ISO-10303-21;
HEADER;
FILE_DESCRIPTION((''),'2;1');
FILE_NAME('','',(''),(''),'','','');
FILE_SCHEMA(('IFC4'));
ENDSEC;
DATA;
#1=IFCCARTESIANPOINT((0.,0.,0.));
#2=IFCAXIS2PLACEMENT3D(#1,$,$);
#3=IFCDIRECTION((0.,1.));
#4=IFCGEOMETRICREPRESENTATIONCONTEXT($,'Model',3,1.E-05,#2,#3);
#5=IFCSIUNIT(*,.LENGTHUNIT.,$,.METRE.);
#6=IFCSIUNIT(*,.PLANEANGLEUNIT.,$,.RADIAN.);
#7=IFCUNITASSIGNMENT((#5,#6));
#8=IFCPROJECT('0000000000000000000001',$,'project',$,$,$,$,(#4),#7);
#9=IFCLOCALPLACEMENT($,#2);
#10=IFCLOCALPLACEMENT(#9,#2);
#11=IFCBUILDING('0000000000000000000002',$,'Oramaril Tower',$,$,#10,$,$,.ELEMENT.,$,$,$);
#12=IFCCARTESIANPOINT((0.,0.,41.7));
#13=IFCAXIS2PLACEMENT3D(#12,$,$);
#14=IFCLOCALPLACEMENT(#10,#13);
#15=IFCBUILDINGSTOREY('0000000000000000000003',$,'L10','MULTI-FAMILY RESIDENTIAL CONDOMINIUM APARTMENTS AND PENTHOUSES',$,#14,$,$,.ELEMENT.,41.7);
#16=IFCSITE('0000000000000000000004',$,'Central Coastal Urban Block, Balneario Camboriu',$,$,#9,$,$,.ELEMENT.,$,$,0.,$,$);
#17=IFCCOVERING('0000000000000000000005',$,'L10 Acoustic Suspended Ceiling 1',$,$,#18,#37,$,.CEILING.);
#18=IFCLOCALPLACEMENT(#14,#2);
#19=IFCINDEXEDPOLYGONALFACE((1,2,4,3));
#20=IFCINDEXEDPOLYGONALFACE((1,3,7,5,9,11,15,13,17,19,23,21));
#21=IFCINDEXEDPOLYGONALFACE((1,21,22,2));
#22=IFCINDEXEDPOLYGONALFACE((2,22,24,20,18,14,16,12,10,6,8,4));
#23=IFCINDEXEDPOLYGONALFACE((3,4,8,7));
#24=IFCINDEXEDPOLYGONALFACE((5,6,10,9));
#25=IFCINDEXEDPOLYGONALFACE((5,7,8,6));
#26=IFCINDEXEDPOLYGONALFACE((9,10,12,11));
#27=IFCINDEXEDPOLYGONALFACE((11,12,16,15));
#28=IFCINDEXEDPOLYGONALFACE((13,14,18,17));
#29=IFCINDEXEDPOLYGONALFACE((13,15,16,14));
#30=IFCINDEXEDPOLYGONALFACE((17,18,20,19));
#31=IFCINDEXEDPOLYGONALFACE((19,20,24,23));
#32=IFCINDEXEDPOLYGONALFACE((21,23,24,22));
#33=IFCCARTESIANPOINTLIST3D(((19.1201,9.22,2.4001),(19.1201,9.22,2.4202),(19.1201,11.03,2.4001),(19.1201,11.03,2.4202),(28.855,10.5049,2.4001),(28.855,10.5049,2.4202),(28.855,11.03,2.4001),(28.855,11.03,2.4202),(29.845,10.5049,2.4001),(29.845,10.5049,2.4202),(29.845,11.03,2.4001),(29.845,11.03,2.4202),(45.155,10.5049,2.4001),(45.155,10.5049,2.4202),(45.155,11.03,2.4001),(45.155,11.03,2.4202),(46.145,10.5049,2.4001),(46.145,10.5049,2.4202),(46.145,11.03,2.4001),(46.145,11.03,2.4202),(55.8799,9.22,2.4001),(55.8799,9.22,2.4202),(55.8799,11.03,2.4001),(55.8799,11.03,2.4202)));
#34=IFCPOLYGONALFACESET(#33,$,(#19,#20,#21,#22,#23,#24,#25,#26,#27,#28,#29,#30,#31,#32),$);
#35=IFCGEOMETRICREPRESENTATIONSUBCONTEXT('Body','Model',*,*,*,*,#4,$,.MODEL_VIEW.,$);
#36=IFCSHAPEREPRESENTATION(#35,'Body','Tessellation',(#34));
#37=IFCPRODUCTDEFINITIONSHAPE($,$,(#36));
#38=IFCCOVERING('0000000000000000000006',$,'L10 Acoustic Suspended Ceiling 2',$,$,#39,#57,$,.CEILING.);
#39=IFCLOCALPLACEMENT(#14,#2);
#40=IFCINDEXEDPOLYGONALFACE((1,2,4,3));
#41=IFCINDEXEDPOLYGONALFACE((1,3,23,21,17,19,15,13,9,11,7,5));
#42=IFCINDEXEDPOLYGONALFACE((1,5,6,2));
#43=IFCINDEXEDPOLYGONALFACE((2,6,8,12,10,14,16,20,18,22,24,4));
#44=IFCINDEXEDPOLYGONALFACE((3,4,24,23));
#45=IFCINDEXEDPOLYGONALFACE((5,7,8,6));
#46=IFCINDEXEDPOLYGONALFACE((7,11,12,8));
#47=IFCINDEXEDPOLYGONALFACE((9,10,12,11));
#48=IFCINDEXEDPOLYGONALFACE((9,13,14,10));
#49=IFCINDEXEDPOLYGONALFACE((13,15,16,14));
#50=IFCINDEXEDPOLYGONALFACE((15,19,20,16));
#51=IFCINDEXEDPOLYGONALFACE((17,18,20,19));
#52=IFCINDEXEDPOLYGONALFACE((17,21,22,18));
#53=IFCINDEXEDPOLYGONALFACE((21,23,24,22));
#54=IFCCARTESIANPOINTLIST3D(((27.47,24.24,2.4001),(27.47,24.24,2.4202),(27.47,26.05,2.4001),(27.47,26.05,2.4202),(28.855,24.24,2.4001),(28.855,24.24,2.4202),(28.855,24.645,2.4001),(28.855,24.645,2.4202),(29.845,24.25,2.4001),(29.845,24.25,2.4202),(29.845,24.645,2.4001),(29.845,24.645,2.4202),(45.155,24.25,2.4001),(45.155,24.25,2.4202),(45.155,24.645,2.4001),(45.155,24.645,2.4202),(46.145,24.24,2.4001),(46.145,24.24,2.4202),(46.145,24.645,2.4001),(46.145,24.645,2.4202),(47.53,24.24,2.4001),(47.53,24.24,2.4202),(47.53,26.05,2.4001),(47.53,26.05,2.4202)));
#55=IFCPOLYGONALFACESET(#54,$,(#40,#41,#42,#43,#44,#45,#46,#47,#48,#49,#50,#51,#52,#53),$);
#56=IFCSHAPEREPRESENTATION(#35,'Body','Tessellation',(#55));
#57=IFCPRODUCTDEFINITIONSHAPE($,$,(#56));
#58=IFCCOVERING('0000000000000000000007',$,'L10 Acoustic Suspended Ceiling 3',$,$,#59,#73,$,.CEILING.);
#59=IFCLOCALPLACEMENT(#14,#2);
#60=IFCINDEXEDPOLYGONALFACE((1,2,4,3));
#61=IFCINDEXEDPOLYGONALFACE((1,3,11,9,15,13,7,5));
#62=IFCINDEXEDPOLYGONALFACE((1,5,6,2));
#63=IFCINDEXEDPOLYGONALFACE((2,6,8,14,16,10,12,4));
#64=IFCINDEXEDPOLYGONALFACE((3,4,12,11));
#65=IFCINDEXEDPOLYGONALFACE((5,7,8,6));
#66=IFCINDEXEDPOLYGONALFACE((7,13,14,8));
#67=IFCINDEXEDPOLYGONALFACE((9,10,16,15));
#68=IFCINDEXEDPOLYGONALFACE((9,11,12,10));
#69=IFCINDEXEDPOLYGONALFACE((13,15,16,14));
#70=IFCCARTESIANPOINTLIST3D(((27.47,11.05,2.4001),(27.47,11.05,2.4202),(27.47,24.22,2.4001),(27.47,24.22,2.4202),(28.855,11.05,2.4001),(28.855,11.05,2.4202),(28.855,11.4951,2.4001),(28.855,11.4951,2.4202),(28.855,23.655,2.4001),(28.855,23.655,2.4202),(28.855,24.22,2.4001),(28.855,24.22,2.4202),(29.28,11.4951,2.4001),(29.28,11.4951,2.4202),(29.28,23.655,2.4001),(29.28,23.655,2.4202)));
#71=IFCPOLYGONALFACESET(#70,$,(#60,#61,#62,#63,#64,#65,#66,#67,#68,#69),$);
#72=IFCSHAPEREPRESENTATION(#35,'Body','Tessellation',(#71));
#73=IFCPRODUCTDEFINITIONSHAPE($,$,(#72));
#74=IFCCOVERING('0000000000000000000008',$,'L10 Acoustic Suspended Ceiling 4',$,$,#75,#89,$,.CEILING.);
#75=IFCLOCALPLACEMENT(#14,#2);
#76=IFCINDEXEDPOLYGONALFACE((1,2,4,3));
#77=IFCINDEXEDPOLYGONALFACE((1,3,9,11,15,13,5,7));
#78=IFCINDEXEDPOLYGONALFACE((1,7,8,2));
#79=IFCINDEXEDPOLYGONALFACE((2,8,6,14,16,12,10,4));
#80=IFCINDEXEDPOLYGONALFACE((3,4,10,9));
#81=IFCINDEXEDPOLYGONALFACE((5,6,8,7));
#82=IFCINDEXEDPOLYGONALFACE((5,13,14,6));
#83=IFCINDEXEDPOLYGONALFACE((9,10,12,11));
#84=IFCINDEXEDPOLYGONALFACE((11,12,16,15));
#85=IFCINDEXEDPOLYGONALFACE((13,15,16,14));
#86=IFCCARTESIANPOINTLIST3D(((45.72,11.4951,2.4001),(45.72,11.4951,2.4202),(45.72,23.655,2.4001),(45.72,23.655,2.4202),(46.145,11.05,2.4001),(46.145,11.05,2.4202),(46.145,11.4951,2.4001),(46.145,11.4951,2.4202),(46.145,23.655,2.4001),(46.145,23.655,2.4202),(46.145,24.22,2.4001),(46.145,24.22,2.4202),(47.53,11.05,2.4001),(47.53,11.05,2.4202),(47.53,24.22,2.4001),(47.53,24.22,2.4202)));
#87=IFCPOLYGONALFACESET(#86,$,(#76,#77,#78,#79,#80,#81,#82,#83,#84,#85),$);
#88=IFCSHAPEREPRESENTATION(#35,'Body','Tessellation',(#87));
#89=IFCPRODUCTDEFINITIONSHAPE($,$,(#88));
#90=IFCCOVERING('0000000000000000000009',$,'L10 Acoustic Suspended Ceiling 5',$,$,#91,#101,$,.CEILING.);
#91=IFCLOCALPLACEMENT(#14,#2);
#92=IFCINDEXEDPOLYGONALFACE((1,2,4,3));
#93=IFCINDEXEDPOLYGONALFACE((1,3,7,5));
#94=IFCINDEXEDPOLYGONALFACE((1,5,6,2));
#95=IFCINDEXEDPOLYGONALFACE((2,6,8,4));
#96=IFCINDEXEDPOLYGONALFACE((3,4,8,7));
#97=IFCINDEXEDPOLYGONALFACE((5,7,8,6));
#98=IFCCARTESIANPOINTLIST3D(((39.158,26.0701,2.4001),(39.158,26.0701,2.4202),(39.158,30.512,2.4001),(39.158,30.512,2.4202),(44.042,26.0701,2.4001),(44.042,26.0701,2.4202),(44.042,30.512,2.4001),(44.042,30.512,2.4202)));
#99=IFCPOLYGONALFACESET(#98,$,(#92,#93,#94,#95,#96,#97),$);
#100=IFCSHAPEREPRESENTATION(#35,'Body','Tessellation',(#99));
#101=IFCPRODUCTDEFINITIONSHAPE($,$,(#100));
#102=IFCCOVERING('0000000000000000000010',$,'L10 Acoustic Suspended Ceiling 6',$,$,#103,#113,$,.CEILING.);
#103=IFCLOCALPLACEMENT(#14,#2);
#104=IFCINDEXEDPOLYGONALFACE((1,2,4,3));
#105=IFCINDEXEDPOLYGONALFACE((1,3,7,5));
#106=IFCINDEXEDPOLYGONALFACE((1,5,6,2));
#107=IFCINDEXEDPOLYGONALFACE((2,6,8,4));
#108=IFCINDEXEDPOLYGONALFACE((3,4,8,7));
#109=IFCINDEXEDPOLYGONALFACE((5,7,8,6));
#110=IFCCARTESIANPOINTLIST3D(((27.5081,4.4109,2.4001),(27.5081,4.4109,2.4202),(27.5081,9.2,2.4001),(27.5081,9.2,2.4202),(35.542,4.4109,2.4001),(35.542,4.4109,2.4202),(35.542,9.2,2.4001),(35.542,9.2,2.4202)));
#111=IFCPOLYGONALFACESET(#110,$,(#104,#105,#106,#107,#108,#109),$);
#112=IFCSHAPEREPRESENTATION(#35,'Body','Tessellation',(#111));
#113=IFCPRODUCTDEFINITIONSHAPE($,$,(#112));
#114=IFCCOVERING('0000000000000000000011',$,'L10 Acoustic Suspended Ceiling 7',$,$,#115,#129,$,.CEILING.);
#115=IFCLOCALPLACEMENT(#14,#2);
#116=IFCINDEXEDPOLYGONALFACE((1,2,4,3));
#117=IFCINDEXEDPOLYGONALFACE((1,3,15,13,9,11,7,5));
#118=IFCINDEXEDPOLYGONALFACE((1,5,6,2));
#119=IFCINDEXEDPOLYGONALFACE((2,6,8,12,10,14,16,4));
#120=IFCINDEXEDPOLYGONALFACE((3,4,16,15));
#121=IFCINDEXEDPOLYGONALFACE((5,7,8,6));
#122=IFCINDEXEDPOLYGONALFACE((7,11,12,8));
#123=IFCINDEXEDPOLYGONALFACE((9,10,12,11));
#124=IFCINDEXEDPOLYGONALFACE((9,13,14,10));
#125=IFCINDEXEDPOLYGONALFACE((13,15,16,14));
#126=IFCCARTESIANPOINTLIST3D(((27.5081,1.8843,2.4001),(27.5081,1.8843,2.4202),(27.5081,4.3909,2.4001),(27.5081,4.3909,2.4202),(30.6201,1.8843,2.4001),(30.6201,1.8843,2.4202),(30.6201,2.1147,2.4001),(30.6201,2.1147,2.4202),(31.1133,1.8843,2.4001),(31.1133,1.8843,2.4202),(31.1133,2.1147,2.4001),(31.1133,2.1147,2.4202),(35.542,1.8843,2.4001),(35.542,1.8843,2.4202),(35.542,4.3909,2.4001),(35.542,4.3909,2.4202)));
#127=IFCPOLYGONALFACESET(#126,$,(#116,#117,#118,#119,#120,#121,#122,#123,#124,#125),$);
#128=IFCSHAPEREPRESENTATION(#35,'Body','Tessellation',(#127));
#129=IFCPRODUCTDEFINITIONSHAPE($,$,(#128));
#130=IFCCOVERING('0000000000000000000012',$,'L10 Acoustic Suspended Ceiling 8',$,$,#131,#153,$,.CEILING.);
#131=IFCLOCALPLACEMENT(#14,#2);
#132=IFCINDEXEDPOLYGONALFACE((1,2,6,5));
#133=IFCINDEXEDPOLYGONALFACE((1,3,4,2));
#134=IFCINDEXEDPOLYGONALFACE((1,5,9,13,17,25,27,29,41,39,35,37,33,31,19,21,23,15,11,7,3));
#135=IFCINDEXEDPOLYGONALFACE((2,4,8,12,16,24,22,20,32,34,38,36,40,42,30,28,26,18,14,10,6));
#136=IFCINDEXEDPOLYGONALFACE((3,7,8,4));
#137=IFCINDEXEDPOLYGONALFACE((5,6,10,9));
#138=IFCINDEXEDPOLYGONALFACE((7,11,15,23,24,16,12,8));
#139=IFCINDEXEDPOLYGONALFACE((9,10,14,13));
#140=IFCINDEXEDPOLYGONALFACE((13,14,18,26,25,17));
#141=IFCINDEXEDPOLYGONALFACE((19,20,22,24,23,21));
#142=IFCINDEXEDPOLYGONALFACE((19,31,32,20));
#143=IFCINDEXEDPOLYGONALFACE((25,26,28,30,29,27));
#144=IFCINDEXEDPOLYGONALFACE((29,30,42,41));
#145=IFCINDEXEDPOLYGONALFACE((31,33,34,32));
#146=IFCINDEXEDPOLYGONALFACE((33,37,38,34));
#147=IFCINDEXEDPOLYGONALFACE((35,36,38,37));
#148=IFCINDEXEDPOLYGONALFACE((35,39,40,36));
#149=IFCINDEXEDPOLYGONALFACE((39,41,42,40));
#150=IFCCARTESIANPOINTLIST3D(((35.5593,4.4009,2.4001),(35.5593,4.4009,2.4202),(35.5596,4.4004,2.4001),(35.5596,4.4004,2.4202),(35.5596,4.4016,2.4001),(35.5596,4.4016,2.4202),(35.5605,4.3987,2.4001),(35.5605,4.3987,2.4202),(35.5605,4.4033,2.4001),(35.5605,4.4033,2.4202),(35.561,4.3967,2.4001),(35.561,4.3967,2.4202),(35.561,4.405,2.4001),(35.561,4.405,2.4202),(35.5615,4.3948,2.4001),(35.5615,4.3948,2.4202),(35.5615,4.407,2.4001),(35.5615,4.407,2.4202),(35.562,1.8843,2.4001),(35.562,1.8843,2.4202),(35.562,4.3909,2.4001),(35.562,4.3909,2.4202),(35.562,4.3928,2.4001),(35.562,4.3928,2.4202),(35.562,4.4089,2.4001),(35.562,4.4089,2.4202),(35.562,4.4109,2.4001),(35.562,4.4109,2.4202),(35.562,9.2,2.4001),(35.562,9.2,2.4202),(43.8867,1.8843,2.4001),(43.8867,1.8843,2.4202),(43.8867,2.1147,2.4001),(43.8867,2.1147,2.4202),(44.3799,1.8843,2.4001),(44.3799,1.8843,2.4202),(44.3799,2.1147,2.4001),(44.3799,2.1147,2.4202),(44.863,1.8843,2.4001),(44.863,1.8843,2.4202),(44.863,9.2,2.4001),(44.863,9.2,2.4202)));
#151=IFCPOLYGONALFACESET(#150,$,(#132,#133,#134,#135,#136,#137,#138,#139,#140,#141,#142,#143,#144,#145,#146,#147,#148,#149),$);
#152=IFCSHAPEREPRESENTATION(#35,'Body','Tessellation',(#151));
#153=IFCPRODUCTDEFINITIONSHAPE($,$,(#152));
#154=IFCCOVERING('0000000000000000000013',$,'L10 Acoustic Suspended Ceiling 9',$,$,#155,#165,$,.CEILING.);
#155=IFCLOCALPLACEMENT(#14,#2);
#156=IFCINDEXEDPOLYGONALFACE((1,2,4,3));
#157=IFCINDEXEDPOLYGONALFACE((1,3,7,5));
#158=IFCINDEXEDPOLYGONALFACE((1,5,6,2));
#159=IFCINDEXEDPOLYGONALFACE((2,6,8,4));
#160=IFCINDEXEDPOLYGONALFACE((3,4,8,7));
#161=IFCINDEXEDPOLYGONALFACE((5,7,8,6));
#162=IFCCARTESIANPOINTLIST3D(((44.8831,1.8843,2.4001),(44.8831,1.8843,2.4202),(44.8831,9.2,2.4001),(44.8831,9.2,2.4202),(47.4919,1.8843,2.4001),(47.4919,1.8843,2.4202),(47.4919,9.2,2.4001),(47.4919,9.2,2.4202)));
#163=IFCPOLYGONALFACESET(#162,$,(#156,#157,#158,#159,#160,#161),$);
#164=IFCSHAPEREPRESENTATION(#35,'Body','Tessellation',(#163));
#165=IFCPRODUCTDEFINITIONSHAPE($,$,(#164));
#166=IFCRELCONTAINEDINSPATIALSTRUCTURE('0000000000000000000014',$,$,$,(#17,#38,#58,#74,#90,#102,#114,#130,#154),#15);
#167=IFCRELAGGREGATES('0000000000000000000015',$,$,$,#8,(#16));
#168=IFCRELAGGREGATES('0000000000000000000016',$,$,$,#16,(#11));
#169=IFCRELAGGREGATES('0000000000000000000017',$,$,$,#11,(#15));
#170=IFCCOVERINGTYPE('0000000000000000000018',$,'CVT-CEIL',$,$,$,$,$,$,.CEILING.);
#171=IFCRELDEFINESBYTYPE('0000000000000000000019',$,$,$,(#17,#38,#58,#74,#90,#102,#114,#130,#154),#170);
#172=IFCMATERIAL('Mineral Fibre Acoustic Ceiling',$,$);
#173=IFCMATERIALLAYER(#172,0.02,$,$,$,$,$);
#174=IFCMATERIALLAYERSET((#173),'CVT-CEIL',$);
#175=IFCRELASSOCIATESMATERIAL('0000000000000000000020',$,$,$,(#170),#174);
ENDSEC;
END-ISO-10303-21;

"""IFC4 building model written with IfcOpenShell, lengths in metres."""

from ifc_helpers import new_model, si_unit, direction, frame, origin, place, context, subcontext, project, spatial, polyline, outline, extrude, material, layer, layer_set, type_object, element, save


model = new_model("IFC4")

# Units and contexts
model_context = context("Model", 3, precision=1e-05, world=origin(), true_north=direction((0.0, 1.0)))
body_context = subcontext(model_context, "Body", "Model", "MODEL_VIEW")
ifc_project = project(units=[si_unit("LENGTHUNIT", "METRE"), si_unit("PLANEANGLEUNIT", "RADIAN")], contexts=[model_context])

# Site, building, storey
site_placement = place(None, origin())
site = spatial("IfcSite", under=ifc_project, at=site_placement, Name="Central Coastal Urban Block, Balneario Camboriu", CompositionType="ELEMENT", RefElevation=0.0)
building_placement = place(site_placement, origin())
building = spatial("IfcBuilding", under=site, at=building_placement, Name="Oramaril Tower", CompositionType="ELEMENT")
storey_placement = place(building_placement, frame((0.0, 0.0, 41.7)))
storey = spatial("IfcBuildingStorey", under=building, at=storey_placement, Name="L10", Description="MULTI-FAMILY RESIDENTIAL CONDOMINIUM APARTMENTS AND PENTHOUSES", CompositionType="ELEMENT", Elevation=41.7)

# Coverings
ifc_material_1 = material(Name="Mineral Fibre Acoustic Ceiling")
ifc_layer_1 = layer(ifc_material_1, 0.02)
ifc_layer_set_1 = layer_set([ifc_layer_1], Name="CVT-CEIL")
covering_type_1 = type_object("IfcCoveringType", Name="CVT-CEIL", PredefinedType="CEILING", material=ifc_layer_set_1)
covering_1_placement = place(storey_placement, frame((0.0, 0.0, 2.4001)))
element("IfcCovering", 1, at=covering_1_placement, inside=storey, type_object=covering_type_1, Name="L10 Acoustic Suspended Ceiling 1", PredefinedType="CEILING", context=body_context, shape_type="SweptSolid", body=[
    extrude(outline(polyline([(28.855, 10.5049), (29.845, 10.5049), (29.845, 11.03), (45.155, 11.03), (45.155, 10.5049), (46.145, 10.5049), (46.145, 11.03), (55.8799, 11.03), (55.8799, 9.22), (19.1201, 9.22), (19.1201, 11.03), (28.855, 11.03), (28.855, 10.5049)])), origin(), (0.0, 0.0, 1.0), 0.02),
])
covering_2_placement = place(storey_placement, frame((0.0, 0.0, 2.4001)))
element("IfcCovering", 2, at=covering_2_placement, inside=storey, type_object=covering_type_1, Name="L10 Acoustic Suspended Ceiling 2", PredefinedType="CEILING", context=body_context, shape_type="SweptSolid", body=[
    extrude(outline(polyline([(47.53, 24.24), (46.145, 24.24), (46.145, 24.645), (45.155, 24.645), (45.155, 24.25), (29.845, 24.25), (29.845, 24.645), (28.855, 24.645), (28.855, 24.24), (27.47, 24.24), (27.47, 26.05), (47.53, 26.05), (47.53, 24.24)])), origin(), (0.0, 0.0, 1.0), 0.02),
])
covering_3_placement = place(storey_placement, frame((0.0, 0.0, 2.4001)))
element("IfcCovering", 3, at=covering_3_placement, inside=storey, type_object=covering_type_1, Name="L10 Acoustic Suspended Ceiling 3", PredefinedType="CEILING", context=body_context, shape_type="SweptSolid", body=[
    extrude(outline(polyline([(28.855, 23.655), (29.28, 23.655), (29.28, 11.4951), (28.855, 11.4951), (28.855, 11.05), (27.47, 11.05), (27.47, 24.22), (28.855, 24.22), (28.855, 23.655)])), origin(), (0.0, 0.0, 1.0), 0.02),
])
covering_4_placement = place(storey_placement, frame((0.0, 0.0, 2.4001)))
element("IfcCovering", 4, at=covering_4_placement, inside=storey, type_object=covering_type_1, Name="L10 Acoustic Suspended Ceiling 4", PredefinedType="CEILING", context=body_context, shape_type="SweptSolid", body=[
    extrude(outline(polyline([(47.53, 11.05), (46.145, 11.05), (46.145, 11.4951), (45.72, 11.4951), (45.72, 23.655), (46.145, 23.655), (46.145, 24.22), (47.53, 24.22), (47.53, 11.05)])), origin(), (0.0, 0.0, 1.0), 0.02),
])
covering_5_placement = place(storey_placement, frame((0.0, 0.0, 2.4001)))
element("IfcCovering", 5, at=covering_5_placement, inside=storey, type_object=covering_type_1, Name="L10 Acoustic Suspended Ceiling 5", PredefinedType="CEILING", context=body_context, shape_type="SweptSolid", body=[
    extrude(outline(polyline([(44.042, 30.512), (44.042, 26.0701), (39.158, 26.0701), (39.158, 30.512), (44.042, 30.512)])), origin(), (0.0, 0.0, 1.0), 0.02),
])
covering_6_placement = place(storey_placement, frame((0.0, 0.0, 2.4001)))
element("IfcCovering", 6, at=covering_6_placement, inside=storey, type_object=covering_type_1, Name="L10 Acoustic Suspended Ceiling 6", PredefinedType="CEILING", context=body_context, shape_type="SweptSolid", body=[
    extrude(outline(polyline([(27.5081, 9.2), (35.542, 9.2), (35.542, 4.4109), (27.5081, 4.4109), (27.5081, 9.2)])), origin(), (0.0, 0.0, 1.0), 0.02),
])
covering_7_placement = place(storey_placement, frame((0.0, 0.0, 2.4001)))
element("IfcCovering", 7, at=covering_7_placement, inside=storey, type_object=covering_type_1, Name="L10 Acoustic Suspended Ceiling 7", PredefinedType="CEILING", context=body_context, shape_type="SweptSolid", body=[
    extrude(outline(polyline([(31.1133, 2.1147), (30.6201, 2.1147), (30.6201, 1.8843), (27.5081, 1.8843), (27.5081, 4.3909), (35.542, 4.3909), (35.542, 1.8843), (31.1133, 1.8843), (31.1133, 2.1147)])), origin(), (0.0, 0.0, 1.0), 0.02),
])
covering_8_placement = place(storey_placement, frame((0.0, 0.0, 2.4001)))
element("IfcCovering", 8, at=covering_8_placement, inside=storey, type_object=covering_type_1, Name="L10 Acoustic Suspended Ceiling 8", PredefinedType="CEILING", context=body_context, shape_type="SweptSolid", body=[
    extrude(outline(polyline([(44.3799, 1.8843), (44.3799, 2.1147), (43.8867, 2.1147), (43.8867, 1.8843), (35.562, 1.8843), (35.562, 4.3909), (35.562, 4.3928), (35.5615, 4.3948), (35.561, 4.3967), (35.5605, 4.3987), (35.5596, 4.4004), (35.5593, 4.4009), (35.5596, 4.4016), (35.5605, 4.4033), (35.561, 4.405), (35.5615, 4.407), (35.562, 4.4089), (35.562, 4.4109), (35.562, 9.2), (44.863, 9.2), (44.863, 1.8843), (44.3799, 1.8843)])), origin(), (0.0, 0.0, 1.0), 0.02),
])
covering_9_placement = place(storey_placement, frame((0.0, 0.0, 2.4001)))
element("IfcCovering", 9, at=covering_9_placement, inside=storey, type_object=covering_type_1, Name="L10 Acoustic Suspended Ceiling 9", PredefinedType="CEILING", context=body_context, shape_type="SweptSolid", body=[
    extrude(outline(polyline([(47.4919, 1.8843), (44.8831, 1.8843), (44.8831, 9.2), (47.4919, 9.2), (47.4919, 1.8843)])), origin(), (0.0, 0.0, 1.0), 0.02),
])

save(model, "model.ifc")
